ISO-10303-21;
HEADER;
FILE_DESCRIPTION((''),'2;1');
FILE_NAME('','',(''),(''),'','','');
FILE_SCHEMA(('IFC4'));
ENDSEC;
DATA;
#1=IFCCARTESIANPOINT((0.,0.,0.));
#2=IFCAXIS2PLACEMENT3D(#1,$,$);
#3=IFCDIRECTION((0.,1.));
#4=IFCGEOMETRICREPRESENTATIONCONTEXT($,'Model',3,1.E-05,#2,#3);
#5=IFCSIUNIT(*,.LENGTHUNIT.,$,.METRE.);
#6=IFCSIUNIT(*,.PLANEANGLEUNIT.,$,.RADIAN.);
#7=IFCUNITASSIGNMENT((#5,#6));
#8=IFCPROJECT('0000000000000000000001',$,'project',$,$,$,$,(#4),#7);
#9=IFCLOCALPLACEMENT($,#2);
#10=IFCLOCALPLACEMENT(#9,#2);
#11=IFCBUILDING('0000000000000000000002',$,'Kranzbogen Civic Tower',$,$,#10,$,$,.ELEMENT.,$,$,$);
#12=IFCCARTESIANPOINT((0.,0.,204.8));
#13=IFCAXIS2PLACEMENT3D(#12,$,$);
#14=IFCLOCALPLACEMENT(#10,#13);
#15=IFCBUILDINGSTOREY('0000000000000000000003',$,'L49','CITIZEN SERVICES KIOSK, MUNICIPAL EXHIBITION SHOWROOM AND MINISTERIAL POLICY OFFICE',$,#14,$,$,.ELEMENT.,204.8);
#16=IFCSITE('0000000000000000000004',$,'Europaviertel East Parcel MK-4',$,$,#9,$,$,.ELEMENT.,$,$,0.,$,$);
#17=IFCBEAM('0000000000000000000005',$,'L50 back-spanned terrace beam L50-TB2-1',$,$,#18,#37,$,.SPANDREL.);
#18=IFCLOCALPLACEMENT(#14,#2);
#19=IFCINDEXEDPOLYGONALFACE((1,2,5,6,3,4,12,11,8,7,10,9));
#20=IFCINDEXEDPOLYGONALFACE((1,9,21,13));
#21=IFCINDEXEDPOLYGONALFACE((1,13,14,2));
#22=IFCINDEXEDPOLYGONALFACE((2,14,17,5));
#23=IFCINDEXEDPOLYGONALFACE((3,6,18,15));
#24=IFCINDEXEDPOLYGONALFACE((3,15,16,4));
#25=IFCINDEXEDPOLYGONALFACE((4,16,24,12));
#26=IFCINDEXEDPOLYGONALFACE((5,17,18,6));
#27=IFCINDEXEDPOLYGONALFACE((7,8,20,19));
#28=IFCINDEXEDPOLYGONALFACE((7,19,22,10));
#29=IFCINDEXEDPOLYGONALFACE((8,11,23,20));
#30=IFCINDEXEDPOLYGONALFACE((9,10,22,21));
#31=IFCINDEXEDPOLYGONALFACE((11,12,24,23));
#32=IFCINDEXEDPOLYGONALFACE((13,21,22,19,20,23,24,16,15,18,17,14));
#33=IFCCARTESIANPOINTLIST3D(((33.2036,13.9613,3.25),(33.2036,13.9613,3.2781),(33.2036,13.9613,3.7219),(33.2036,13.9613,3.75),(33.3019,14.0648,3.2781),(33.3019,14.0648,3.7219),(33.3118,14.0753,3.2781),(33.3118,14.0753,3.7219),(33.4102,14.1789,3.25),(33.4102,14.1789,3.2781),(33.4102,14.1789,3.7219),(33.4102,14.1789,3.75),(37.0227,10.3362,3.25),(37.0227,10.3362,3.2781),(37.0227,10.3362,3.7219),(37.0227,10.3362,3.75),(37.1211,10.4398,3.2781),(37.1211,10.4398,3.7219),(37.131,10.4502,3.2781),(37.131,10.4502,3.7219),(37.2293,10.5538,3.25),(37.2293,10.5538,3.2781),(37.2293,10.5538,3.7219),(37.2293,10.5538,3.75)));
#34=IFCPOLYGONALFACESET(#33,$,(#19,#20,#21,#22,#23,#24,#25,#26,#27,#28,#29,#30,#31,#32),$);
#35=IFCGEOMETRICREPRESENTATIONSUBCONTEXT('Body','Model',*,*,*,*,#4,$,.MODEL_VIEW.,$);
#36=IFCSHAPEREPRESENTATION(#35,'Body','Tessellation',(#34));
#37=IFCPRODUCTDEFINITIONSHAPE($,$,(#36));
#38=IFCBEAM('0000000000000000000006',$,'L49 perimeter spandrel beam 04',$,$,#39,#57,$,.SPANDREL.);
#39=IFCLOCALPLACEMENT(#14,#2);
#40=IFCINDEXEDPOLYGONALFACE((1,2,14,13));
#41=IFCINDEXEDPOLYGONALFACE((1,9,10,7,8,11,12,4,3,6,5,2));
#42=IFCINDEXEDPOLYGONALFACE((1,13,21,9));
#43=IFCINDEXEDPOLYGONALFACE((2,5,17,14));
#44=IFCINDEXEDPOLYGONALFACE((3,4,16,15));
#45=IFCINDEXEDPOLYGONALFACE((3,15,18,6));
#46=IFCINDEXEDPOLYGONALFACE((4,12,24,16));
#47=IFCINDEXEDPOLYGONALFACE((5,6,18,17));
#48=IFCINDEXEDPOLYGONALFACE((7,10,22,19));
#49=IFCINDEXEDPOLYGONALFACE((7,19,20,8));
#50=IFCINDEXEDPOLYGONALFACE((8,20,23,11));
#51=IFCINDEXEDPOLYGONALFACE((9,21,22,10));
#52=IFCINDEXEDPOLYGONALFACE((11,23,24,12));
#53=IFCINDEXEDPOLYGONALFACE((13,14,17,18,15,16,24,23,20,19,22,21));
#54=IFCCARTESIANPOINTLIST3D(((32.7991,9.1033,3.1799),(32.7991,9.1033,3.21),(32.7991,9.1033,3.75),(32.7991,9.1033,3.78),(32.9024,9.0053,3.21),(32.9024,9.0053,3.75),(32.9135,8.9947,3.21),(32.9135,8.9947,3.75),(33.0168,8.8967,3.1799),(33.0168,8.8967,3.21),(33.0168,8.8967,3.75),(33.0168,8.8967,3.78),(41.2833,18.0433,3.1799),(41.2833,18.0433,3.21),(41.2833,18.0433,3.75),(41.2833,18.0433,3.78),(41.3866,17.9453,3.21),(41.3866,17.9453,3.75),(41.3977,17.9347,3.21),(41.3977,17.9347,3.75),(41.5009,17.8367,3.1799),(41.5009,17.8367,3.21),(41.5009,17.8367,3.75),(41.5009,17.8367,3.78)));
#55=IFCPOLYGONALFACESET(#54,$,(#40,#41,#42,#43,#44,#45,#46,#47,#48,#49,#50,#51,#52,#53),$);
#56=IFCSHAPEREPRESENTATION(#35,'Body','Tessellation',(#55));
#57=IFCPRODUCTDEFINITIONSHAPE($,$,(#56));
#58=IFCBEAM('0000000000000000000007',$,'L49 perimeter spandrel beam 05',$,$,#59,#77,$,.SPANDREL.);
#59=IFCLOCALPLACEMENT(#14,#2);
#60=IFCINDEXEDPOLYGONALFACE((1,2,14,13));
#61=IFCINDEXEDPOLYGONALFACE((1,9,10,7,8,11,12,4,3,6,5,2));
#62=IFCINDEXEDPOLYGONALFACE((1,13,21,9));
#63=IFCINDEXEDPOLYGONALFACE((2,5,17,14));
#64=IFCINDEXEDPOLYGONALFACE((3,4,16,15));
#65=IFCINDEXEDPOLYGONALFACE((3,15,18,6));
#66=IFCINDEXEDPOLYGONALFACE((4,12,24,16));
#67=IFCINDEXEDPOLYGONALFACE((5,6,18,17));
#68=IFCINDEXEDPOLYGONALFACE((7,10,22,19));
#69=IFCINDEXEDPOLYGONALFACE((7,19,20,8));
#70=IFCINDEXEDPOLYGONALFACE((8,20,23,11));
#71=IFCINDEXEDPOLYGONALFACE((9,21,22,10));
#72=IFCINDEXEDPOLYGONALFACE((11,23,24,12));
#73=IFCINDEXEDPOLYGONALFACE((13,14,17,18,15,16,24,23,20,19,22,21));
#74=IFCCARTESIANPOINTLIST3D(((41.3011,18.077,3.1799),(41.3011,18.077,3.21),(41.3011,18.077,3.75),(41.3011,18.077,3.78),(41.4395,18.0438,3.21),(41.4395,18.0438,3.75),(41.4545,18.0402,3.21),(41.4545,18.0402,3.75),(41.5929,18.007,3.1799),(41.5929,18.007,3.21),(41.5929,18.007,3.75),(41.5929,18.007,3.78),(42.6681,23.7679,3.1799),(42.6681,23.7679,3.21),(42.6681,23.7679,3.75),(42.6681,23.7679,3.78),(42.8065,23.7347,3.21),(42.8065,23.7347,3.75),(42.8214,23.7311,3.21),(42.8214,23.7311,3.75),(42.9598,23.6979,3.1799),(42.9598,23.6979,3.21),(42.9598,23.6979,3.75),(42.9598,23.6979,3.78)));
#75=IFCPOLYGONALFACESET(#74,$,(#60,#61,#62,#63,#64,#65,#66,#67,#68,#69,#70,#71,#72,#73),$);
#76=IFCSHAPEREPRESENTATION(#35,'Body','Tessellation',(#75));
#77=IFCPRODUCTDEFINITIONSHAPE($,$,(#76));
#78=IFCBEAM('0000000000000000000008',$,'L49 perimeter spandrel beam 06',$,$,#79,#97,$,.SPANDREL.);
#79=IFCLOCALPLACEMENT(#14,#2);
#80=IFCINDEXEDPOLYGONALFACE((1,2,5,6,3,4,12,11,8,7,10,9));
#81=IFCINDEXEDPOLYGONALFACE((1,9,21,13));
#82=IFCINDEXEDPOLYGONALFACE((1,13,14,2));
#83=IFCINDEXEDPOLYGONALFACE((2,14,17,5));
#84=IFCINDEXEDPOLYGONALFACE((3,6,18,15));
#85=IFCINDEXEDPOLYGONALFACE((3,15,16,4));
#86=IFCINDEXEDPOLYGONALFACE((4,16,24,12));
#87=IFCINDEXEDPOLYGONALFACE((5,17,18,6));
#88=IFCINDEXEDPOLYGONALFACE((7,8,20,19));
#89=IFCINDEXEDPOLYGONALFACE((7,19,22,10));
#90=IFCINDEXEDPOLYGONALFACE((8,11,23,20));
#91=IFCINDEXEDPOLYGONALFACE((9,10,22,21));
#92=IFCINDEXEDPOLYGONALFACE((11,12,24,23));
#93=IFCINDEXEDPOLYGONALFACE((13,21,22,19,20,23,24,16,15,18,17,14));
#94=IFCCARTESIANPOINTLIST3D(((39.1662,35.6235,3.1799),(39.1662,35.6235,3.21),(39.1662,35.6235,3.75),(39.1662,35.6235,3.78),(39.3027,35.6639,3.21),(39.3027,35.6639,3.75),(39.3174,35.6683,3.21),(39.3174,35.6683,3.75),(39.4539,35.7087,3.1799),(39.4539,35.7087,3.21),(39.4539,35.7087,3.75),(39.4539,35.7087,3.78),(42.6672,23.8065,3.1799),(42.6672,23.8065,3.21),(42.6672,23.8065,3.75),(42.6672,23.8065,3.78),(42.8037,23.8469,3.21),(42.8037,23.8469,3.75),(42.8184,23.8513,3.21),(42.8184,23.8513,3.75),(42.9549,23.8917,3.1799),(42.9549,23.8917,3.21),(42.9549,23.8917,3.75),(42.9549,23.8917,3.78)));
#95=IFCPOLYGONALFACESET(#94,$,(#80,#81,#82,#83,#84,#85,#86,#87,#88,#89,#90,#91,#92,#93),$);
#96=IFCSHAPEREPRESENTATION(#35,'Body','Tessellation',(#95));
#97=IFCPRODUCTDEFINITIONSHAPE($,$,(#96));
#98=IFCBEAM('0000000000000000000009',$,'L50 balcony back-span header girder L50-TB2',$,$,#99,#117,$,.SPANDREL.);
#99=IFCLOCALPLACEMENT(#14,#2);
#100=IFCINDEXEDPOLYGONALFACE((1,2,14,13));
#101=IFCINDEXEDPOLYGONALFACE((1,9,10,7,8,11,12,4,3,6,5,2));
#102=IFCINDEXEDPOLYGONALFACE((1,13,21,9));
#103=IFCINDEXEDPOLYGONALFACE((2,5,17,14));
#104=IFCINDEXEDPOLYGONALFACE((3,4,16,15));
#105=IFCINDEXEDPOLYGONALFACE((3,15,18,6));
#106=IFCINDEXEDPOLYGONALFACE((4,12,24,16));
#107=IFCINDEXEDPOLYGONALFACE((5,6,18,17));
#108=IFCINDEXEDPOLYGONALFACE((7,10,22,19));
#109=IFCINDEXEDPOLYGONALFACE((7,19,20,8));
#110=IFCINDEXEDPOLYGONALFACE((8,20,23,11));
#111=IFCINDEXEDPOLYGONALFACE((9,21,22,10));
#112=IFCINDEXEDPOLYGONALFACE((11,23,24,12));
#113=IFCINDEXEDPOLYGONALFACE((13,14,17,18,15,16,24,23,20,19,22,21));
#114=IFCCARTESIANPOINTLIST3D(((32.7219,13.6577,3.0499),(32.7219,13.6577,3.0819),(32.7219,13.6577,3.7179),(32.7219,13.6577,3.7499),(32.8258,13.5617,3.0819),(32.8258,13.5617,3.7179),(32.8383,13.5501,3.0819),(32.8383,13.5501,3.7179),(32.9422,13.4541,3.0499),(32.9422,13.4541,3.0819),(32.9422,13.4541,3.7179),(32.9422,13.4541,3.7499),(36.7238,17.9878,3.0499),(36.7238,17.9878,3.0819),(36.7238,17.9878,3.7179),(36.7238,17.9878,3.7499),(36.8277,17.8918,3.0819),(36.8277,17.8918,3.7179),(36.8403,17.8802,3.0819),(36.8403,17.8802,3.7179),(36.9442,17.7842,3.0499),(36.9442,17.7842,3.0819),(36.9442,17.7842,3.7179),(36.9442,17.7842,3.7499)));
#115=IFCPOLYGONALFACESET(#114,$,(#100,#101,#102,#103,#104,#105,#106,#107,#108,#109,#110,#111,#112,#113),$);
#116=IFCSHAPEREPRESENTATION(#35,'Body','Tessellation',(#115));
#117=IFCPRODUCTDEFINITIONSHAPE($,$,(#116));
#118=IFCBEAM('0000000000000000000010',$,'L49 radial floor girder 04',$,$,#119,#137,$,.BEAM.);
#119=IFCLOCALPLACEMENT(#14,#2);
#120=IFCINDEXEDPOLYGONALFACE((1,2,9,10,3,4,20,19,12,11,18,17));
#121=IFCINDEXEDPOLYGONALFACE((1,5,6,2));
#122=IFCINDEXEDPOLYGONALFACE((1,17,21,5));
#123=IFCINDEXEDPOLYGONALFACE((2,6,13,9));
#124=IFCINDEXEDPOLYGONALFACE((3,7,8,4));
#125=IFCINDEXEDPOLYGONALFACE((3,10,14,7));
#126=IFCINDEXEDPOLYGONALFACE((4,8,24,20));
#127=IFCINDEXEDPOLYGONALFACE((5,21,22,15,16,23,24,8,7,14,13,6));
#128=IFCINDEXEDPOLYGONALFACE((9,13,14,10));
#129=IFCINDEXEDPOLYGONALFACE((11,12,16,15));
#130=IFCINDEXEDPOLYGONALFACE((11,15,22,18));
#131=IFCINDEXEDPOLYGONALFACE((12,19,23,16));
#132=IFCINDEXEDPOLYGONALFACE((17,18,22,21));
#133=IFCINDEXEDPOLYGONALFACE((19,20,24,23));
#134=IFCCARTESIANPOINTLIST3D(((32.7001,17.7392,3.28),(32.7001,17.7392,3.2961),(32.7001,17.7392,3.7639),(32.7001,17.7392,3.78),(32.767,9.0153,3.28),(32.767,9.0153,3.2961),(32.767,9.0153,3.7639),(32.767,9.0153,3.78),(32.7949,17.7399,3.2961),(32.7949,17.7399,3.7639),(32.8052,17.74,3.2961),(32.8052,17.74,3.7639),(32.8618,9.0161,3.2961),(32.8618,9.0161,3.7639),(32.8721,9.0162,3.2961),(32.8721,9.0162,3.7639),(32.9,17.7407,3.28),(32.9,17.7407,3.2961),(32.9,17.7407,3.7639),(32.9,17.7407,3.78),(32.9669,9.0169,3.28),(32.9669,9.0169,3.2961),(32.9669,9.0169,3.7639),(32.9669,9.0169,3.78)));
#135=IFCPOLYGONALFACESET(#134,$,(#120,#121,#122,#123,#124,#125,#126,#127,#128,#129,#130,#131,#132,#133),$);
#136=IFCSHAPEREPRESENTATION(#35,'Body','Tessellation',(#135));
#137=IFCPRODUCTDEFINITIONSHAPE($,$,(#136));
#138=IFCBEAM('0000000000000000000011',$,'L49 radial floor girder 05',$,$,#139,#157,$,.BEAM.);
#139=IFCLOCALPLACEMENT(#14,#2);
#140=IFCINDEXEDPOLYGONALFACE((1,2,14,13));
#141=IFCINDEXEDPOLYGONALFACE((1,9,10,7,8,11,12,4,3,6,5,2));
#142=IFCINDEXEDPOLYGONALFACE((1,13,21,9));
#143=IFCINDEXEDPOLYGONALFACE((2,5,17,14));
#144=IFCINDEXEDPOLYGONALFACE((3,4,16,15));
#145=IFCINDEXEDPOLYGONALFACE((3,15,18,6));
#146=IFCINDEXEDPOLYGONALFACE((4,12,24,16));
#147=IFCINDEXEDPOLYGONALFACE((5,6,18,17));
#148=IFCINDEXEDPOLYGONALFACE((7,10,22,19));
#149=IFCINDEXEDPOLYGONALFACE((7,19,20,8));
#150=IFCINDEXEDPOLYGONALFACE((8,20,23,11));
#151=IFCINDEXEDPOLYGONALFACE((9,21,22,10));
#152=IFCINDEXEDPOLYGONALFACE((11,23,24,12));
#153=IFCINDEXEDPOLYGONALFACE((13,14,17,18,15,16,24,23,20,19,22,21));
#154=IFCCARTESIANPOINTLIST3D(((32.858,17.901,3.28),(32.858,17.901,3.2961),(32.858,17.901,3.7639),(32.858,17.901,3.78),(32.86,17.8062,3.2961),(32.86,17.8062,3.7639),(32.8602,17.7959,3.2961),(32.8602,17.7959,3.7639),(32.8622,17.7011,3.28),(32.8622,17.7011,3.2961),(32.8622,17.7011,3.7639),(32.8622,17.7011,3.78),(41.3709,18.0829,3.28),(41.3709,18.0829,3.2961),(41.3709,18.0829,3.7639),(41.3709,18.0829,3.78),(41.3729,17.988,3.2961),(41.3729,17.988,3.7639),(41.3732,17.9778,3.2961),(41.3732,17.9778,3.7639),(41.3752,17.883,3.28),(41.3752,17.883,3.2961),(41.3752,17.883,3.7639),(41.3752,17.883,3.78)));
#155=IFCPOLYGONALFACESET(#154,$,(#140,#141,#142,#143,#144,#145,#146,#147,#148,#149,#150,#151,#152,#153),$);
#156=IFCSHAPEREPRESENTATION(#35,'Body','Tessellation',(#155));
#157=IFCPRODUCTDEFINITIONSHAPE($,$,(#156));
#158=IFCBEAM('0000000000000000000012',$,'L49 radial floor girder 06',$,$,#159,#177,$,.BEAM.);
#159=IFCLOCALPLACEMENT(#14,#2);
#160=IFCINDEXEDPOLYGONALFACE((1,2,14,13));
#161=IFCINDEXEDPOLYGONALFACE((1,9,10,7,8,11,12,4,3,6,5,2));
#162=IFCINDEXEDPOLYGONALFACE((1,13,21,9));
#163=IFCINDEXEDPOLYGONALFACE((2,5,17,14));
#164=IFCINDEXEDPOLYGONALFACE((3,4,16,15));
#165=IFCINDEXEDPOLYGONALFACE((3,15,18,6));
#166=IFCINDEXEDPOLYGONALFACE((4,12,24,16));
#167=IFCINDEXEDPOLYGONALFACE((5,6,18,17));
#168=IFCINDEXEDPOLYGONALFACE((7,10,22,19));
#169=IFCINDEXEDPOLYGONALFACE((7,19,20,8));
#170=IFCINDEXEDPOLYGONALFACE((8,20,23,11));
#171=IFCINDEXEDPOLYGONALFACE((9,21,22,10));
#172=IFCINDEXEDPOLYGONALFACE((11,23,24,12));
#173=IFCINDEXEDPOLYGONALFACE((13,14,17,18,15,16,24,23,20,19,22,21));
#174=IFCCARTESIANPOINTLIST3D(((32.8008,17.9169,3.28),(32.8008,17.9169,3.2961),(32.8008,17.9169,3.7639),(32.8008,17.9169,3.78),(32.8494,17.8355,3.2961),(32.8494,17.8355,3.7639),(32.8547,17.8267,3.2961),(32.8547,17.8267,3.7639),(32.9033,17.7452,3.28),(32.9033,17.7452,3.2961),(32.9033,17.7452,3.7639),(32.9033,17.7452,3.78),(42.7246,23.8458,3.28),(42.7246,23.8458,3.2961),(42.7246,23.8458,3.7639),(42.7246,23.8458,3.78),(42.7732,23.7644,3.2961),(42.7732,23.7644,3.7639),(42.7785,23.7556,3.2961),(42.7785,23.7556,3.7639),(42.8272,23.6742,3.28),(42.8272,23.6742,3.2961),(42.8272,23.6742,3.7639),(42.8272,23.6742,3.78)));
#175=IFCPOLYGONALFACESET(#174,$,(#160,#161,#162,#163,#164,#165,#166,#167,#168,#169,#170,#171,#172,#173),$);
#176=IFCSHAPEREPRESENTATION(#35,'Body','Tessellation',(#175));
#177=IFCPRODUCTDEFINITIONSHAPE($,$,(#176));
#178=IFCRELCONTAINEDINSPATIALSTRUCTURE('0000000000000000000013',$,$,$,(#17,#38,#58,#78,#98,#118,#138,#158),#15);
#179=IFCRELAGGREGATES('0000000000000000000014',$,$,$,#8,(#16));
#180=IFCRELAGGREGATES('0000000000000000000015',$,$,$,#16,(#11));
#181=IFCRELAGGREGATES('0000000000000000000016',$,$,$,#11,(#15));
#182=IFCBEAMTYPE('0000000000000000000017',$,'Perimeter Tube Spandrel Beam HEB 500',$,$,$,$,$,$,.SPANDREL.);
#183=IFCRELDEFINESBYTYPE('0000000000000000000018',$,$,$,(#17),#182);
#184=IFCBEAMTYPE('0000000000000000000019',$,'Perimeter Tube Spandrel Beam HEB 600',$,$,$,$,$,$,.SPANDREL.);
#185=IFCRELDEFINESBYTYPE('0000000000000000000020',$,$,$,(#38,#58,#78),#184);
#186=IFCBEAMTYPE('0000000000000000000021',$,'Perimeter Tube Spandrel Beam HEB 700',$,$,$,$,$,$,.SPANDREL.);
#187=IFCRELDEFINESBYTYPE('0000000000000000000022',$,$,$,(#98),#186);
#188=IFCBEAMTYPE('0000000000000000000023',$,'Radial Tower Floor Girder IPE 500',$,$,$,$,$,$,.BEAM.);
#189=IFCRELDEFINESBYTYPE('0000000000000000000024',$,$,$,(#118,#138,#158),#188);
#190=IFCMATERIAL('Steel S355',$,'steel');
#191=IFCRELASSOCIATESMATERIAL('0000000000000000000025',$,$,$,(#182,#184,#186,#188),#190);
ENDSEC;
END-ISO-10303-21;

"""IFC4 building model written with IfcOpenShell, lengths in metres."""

from ifc_helpers import new_model, si_unit, direction, frame, origin, origin_2d, place, context, subcontext, project, spatial, i_section, extrude, material, material_profile, profile_set, type_object, element, save


model = new_model("IFC4")

# Units and contexts
model_context = context("Model", 3, precision=1e-05, world=origin(), true_north=direction((0.0, 1.0)))
body_context = subcontext(model_context, "Body", "Model", "MODEL_VIEW")
ifc_project = project(units=[si_unit("LENGTHUNIT", "METRE"), si_unit("PLANEANGLEUNIT", "RADIAN")], contexts=[model_context])

# Site, building, storey
site_placement = place(None, origin())
site = spatial("IfcSite", under=ifc_project, at=site_placement, Name="Europaviertel East Parcel MK-4", CompositionType="ELEMENT", RefElevation=0.0)
building_placement = place(site_placement, origin())
building = spatial("IfcBuilding", under=site, at=building_placement, Name="Kranzbogen Civic Tower", CompositionType="ELEMENT")
storey_placement = place(building_placement, frame((0.0, 0.0, 204.8)))
storey = spatial("IfcBuildingStorey", under=building, at=storey_placement, Name="L49", Description="CITIZEN SERVICES KIOSK, MUNICIPAL EXHIBITION SHOWROOM AND MINISTERIAL POLICY OFFICE", CompositionType="ELEMENT", Elevation=204.8)

# Shared definitions
ifc_material_1 = material(Name="Steel S355", Category="steel")

# Beams
ifc_material_profile_1 = material_profile(ifc_material_1, i_section(OverallWidth=0.3, OverallDepth=0.5, WebThickness=0.0144, FlangeThickness=0.0281, at=origin_2d()), Name="HEB 500")
ifc_profile_set_1 = profile_set([ifc_material_profile_1], Name="Steel S355")
beam_type_1 = type_object("IfcBeamType", Name="Perimeter Tube Spandrel Beam HEB 500", PredefinedType="SPANDREL", material=ifc_profile_set_1)
beam_1_placement = place(storey_placement, frame((33.3069, 14.0701, 3.5), z_axis=(0.725297, -0.688436, 0.0), x_axis=(0.688436, 0.725297, 0.0)))
element("IfcBeam", 1, at=beam_1_placement, inside=storey, type_object=beam_type_1, Name="L50 back-spanned terrace beam L50-TB2-1", PredefinedType="SPANDREL", context=body_context, shape_type="SweptSolid", body=[
    extrude(i_section(OverallWidth=0.3, OverallDepth=0.5, WebThickness=0.0144, FlangeThickness=0.0281, at=origin_2d()), origin(), (0.0, 0.0, 1.0), 5.2656),
])
ifc_material_profile_2 = material_profile(ifc_material_1, i_section(OverallWidth=0.3, OverallDepth=0.6001, WebThickness=0.0154, FlangeThickness=0.03, at=origin_2d()), Name="HEB 600")
ifc_profile_set_2 = profile_set([ifc_material_profile_2], Name="Steel S355")
beam_type_2 = type_object("IfcBeamType", Name="Perimeter Tube Spandrel Beam HEB 600", PredefinedType="SPANDREL", material=ifc_profile_set_2)
beam_2_placement = place(storey_placement, frame((32.908, 9.0, 3.48), z_axis=(0.688373, 0.725356, 0.0), x_axis=(-0.725356, 0.688373, 0.0)))
element("IfcBeam", 2, at=beam_2_placement, inside=storey, type_object=beam_type_2, Name="L49 perimeter spandrel beam 04", PredefinedType="SPANDREL", context=body_context, shape_type="SweptSolid", body=[
    extrude(i_section(OverallWidth=0.3, OverallDepth=0.6001, WebThickness=0.0154, FlangeThickness=0.03, at=origin_2d()), origin(), (0.0, 0.0, 1.0), 12.325),
])
beam_3_placement = place(storey_placement, frame((41.447, 18.042, 3.48), z_axis=(0.233554, 0.972344, 0.0), x_axis=(-0.972344, 0.233554, 0.0)))
element("IfcBeam", 3, at=beam_3_placement, inside=storey, type_object=beam_type_2, Name="L49 perimeter spandrel beam 05", PredefinedType="SPANDREL", context=body_context, shape_type="SweptSolid", body=[
    extrude(i_section(OverallWidth=0.3, OverallDepth=0.6001, WebThickness=0.0154, FlangeThickness=0.03, at=origin_2d()), origin(), (0.0, 0.0, 1.0), 5.8528),
])
beam_4_placement = place(storey_placement, frame((42.811, 23.8491, 3.48), z_axis=(-0.284064, 0.958805, 0.0), x_axis=(-0.958805, -0.284064, 0.0)))
element("IfcBeam", 4, at=beam_4_placement, inside=storey, type_object=beam_type_2, Name="L49 perimeter spandrel beam 06", PredefinedType="SPANDREL", context=body_context, shape_type="SweptSolid", body=[
    extrude(i_section(OverallWidth=0.3, OverallDepth=0.6001, WebThickness=0.0154, FlangeThickness=0.03, at=origin_2d()), origin(), (0.0, 0.0, 1.0), 12.3247),
])
ifc_material_profile_3 = material_profile(ifc_material_1, i_section(OverallWidth=0.3, OverallDepth=0.7, WebThickness=0.0171, FlangeThickness=0.032, at=origin_2d()), Name="HEB 700")
ifc_profile_set_3 = profile_set([ifc_material_profile_3], Name="Steel S355")
beam_type_3 = type_object("IfcBeamType", Name="Perimeter Tube Spandrel Beam HEB 700", PredefinedType="SPANDREL", material=ifc_profile_set_3)
beam_5_placement = place(storey_placement, frame((32.832, 13.5559, 3.3999), z_axis=(0.678734, 0.734384, 0.0), x_axis=(-0.734384, 0.678734, 0.0)))
element("IfcBeam", 5, at=beam_5_placement, inside=storey, type_object=beam_type_3, Name="L50 balcony back-span header girder L50-TB2", PredefinedType="SPANDREL", context=body_context, shape_type="SweptSolid", body=[
    extrude(i_section(OverallWidth=0.3, OverallDepth=0.7, WebThickness=0.0171, FlangeThickness=0.032, at=origin_2d()), origin(), (0.0, 0.0, 1.0), 5.8962),
])
ifc_material_profile_4 = material_profile(ifc_material_1, i_section(OverallWidth=0.2, OverallDepth=0.5, WebThickness=0.0103, FlangeThickness=0.0161, at=origin_2d()), Name="IPE 500")
ifc_profile_set_4 = profile_set([ifc_material_profile_4], Name="Steel S355")
beam_type_4 = type_object("IfcBeamType", Name="Radial Tower Floor Girder IPE 500", PredefinedType="BEAM", material=ifc_profile_set_4)
beam_6_placement = place(storey_placement, frame((32.8669, 9.0161, 3.53), z_axis=(-0.007668, 0.999971, 0.0), x_axis=(-0.999971, -0.007668, 0.0)))
element("IfcBeam", 6, at=beam_6_placement, inside=storey, type_object=beam_type_4, Name="L49 radial floor girder 04", PredefinedType="BEAM", context=body_context, shape_type="SweptSolid", body=[
    extrude(i_section(OverallWidth=0.2, OverallDepth=0.5, WebThickness=0.0103, FlangeThickness=0.0161, at=origin_2d()), origin(), (0.0, 0.0, 1.0), 8.7241),
])
beam_7_placement = place(storey_placement, frame((41.373, 17.9829, 3.53), z_axis=(-0.999772, -0.021361, 0.0), x_axis=(0.021361, -0.999772, 0.0)))
element("IfcBeam", 7, at=beam_7_placement, inside=storey, type_object=beam_type_4, Name="L49 radial floor girder 05", PredefinedType="BEAM", context=body_context, shape_type="SweptSolid", body=[
    extrude(i_section(OverallWidth=0.2, OverallDepth=0.5, WebThickness=0.0103, FlangeThickness=0.0161, at=origin_2d()), origin(), (0.0, 0.0, 1.0), 8.5149),
])
beam_8_placement = place(storey_placement, frame((42.7759, 23.76, 3.53), z_axis=(-0.858459, -0.512883, 0.0), x_axis=(0.512883, -0.858459, 0.0)))
element("IfcBeam", 8, at=beam_8_placement, inside=storey, type_object=beam_type_4, Name="L49 radial floor girder 06", PredefinedType="BEAM", context=body_context, shape_type="SweptSolid", body=[
    extrude(i_section(OverallWidth=0.2, OverallDepth=0.5, WebThickness=0.0103, FlangeThickness=0.0161, at=origin_2d()), origin(), (0.0, 0.0, 1.0), 11.5601),
])

save(model, "model.ifc")
